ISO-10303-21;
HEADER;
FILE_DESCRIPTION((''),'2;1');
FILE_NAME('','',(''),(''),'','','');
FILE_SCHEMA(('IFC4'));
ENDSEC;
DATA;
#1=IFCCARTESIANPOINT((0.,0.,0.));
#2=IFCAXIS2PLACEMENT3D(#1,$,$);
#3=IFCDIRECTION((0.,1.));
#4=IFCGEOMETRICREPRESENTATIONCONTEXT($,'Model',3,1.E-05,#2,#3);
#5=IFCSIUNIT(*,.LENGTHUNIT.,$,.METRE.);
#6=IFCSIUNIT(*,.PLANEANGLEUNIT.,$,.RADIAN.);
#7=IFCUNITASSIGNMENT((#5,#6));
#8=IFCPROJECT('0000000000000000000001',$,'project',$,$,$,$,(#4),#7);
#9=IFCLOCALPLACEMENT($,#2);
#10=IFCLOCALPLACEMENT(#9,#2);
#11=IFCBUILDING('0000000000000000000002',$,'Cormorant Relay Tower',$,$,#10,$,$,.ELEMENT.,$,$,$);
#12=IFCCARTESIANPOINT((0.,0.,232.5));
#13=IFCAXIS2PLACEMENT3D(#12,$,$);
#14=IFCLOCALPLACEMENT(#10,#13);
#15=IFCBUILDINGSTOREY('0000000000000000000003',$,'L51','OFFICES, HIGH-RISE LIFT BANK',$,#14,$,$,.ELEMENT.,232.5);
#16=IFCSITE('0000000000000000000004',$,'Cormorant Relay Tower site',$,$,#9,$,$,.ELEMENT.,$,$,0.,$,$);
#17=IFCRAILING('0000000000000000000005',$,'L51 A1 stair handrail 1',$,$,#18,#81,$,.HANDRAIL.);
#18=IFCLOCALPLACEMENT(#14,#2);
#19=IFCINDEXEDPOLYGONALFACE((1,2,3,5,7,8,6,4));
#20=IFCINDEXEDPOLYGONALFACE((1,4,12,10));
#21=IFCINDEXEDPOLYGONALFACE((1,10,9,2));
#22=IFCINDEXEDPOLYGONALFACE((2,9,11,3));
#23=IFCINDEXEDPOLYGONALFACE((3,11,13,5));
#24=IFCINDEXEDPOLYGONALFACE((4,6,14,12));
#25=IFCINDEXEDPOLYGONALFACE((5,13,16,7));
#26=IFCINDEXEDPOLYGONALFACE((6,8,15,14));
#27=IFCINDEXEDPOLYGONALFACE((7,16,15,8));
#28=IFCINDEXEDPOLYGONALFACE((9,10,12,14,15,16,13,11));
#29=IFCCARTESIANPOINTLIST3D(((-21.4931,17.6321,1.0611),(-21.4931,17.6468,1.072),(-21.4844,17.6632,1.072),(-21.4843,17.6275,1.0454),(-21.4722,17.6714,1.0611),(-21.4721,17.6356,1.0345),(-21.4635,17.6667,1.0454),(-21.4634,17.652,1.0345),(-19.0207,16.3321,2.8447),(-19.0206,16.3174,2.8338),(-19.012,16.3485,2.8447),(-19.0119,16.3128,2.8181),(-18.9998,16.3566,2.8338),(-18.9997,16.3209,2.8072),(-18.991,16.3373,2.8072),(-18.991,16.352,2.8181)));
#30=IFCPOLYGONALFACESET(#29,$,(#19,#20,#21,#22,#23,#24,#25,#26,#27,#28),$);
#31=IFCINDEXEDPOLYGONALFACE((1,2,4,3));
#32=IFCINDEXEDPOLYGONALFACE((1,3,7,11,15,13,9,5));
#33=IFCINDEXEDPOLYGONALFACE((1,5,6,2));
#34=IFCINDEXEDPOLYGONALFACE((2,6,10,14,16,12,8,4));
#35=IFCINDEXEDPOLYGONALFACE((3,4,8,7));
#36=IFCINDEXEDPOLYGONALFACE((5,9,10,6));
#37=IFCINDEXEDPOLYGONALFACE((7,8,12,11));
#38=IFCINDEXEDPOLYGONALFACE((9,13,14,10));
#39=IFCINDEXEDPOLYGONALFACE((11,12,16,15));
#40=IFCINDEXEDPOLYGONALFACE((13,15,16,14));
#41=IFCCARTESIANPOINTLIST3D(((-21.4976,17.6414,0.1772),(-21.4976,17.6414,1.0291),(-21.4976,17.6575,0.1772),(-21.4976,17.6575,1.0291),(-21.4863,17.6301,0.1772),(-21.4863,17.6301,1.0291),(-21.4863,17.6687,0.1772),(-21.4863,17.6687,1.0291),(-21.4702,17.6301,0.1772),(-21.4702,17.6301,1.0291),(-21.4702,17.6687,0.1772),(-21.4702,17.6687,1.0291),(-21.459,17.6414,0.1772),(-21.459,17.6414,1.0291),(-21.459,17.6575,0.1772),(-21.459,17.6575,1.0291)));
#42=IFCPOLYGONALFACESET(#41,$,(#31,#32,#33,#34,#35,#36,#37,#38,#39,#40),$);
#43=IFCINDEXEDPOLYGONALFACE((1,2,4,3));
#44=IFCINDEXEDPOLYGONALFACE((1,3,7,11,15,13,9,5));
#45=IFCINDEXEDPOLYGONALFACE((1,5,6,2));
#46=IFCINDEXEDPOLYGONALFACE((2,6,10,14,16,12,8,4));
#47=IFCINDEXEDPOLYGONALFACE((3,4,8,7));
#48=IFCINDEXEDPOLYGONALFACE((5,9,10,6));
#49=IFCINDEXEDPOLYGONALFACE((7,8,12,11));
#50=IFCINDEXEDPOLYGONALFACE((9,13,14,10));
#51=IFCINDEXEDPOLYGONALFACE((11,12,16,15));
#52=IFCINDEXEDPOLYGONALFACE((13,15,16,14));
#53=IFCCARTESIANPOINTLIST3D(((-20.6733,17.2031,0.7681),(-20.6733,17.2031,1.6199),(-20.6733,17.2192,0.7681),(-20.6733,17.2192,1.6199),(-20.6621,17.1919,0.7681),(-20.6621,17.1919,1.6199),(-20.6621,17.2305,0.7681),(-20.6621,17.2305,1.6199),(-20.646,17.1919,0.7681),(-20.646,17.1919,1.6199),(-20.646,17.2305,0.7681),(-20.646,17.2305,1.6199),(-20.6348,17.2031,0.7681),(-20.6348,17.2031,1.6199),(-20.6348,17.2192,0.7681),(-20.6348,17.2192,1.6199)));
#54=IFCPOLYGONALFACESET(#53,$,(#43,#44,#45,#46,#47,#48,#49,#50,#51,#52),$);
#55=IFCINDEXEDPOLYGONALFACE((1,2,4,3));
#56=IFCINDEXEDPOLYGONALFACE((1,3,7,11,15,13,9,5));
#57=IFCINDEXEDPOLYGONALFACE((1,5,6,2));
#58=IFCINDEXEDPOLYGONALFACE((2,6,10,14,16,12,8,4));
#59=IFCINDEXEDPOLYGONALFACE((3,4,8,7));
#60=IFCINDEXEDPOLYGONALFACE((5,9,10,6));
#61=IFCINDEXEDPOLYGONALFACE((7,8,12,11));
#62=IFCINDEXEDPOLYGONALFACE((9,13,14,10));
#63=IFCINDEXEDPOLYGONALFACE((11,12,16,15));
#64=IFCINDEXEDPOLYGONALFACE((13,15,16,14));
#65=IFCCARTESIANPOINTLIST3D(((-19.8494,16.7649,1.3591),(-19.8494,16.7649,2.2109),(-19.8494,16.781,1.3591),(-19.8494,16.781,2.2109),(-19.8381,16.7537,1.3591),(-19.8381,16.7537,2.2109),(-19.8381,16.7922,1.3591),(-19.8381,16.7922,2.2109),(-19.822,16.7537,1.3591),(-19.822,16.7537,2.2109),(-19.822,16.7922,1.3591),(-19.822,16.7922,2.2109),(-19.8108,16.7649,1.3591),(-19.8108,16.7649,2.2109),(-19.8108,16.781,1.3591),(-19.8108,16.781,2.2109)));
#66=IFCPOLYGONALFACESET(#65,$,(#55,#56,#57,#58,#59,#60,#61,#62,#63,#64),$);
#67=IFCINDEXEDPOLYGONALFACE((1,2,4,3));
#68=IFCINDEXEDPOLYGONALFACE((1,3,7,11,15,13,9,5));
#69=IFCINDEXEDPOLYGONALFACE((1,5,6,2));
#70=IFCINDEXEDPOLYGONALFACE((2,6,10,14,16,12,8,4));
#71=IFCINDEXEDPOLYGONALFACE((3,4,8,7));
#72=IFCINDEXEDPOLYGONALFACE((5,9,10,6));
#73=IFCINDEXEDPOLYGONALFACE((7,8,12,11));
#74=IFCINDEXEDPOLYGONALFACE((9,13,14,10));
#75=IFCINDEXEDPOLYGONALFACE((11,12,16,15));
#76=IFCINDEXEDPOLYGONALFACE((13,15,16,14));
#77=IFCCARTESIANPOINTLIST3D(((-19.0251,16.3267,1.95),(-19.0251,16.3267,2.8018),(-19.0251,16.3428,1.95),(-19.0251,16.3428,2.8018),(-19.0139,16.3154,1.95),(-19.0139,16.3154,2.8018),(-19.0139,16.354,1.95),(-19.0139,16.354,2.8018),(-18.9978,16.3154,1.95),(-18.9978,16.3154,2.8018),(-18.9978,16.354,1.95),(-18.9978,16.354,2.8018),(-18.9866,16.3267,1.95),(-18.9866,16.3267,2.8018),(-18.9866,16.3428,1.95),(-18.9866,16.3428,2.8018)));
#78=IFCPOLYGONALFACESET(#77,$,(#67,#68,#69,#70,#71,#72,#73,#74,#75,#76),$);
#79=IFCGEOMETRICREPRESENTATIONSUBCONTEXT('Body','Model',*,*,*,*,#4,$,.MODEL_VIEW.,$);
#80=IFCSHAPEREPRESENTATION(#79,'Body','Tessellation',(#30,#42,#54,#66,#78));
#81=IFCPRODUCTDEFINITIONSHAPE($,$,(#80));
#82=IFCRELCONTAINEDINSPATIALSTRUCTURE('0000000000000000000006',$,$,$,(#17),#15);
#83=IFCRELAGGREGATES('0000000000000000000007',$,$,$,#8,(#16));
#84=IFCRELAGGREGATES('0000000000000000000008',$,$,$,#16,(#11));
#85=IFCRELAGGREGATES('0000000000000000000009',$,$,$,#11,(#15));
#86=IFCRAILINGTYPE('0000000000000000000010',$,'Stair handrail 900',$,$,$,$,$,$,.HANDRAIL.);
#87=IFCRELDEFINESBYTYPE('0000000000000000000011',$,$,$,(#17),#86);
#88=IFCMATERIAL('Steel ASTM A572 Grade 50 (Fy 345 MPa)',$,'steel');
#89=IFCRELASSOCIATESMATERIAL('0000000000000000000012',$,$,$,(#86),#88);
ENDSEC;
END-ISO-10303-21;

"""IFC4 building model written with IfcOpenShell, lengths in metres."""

from ifc_helpers import new_model, si_unit, direction, frame, origin, place, context, subcontext, project, spatial, polyline, outline, extrude, material, type_object, element, save


model = new_model("IFC4")

# Units and contexts
model_context = context("Model", 3, precision=1e-05, world=origin(), true_north=direction((0.0, 1.0)))
body_context = subcontext(model_context, "Body", "Model", "MODEL_VIEW")
ifc_project = project(units=[si_unit("LENGTHUNIT", "METRE"), si_unit("PLANEANGLEUNIT", "RADIAN")], contexts=[model_context])

# Site, building, storey
site_placement = place(None, origin())
site = spatial("IfcSite", under=ifc_project, at=site_placement, Name="Cormorant Relay Tower site", CompositionType="ELEMENT", RefElevation=0.0)
building_placement = place(site_placement, origin())
building = spatial("IfcBuilding", under=site, at=building_placement, Name="Cormorant Relay Tower", CompositionType="ELEMENT")
storey_placement = place(building_placement, frame((0.0, 0.0, 232.5)))
storey = spatial("IfcBuildingStorey", under=building, at=storey_placement, Name="L51", Description="OFFICES, HIGH-RISE LIFT BANK", CompositionType="ELEMENT", Elevation=232.5)

# Railing
ifc_material_1 = material(Name="Steel ASTM A572 Grade 50 (Fy 345 MPa)", Category="steel")
railing_type = type_object("IfcRailingType", Name="Stair handrail 900", PredefinedType="HANDRAIL", material=ifc_material_1)
railing_placement = place(storey_placement, frame((-21.4783, 17.6494, 0.1772)))
element("IfcRailing", 1, at=railing_placement, inside=storey, type_object=railing_type, Name="L51 A1 stair handrail 1", PredefinedType="HANDRAIL", context=body_context, shape_type="SweptSolid", body=[
    extrude(outline(polyline([(0.0222, 0.0093), (0.0093, 0.0222), (-0.0093, 0.0222), (-0.0222, 0.0093), (-0.0222, -0.0093), (-0.0093, -0.0222), (0.0093, -0.0222), (0.0222, -0.0093), (0.0222, 0.0093)])), frame((0.0, 0.0, 0.876), z_axis=(0.746012, -0.39669, 0.534886), x_axis=(0.469497, 0.882934, 0.0)), (0.0, 0.0, 1.0), 3.3142),
    extrude(outline(polyline([(0.0193, 0.0081), (0.0081, 0.0193), (-0.0081, 0.0193), (-0.0193, 0.0081), (-0.0193, -0.0081), (-0.0081, -0.0193), (0.0081, -0.0193), (0.0193, -0.0081), (0.0193, 0.0081)])), origin(), (0.0, 0.0, 1.0), 0.8518),
    extrude(outline(polyline([(0.0193, 0.0081), (0.0081, 0.0193), (-0.0081, 0.0193), (-0.0193, 0.0081), (-0.0193, -0.0081), (-0.0081, -0.0193), (0.0081, -0.0193), (0.0193, -0.0081), (0.0193, 0.0081)])), frame((0.8242, -0.4382, 0.5908)), (0.0, 0.0, 1.0), 0.8518),
    extrude(outline(polyline([(0.0193, 0.0081), (0.0081, 0.0193), (-0.0081, 0.0193), (-0.0193, 0.0081), (-0.0193, -0.0081), (-0.0081, -0.0193), (0.0081, -0.0193), (0.0193, -0.0081), (0.0193, 0.0081)])), frame((1.6482, -0.8765, 1.1819)), (0.0, 0.0, 1.0), 0.8518),
    extrude(outline(polyline([(0.0193, 0.0081), (0.0081, 0.0193), (-0.0081, 0.0193), (-0.0193, 0.0081), (-0.0193, -0.0081), (-0.0081, -0.0193), (0.0081, -0.0193), (0.0193, -0.0081), (0.0193, 0.0081)])), frame((2.4724, -1.3147, 1.7727)), (0.0, 0.0, 1.0), 0.8518),
])

save(model, "model.ifc")
